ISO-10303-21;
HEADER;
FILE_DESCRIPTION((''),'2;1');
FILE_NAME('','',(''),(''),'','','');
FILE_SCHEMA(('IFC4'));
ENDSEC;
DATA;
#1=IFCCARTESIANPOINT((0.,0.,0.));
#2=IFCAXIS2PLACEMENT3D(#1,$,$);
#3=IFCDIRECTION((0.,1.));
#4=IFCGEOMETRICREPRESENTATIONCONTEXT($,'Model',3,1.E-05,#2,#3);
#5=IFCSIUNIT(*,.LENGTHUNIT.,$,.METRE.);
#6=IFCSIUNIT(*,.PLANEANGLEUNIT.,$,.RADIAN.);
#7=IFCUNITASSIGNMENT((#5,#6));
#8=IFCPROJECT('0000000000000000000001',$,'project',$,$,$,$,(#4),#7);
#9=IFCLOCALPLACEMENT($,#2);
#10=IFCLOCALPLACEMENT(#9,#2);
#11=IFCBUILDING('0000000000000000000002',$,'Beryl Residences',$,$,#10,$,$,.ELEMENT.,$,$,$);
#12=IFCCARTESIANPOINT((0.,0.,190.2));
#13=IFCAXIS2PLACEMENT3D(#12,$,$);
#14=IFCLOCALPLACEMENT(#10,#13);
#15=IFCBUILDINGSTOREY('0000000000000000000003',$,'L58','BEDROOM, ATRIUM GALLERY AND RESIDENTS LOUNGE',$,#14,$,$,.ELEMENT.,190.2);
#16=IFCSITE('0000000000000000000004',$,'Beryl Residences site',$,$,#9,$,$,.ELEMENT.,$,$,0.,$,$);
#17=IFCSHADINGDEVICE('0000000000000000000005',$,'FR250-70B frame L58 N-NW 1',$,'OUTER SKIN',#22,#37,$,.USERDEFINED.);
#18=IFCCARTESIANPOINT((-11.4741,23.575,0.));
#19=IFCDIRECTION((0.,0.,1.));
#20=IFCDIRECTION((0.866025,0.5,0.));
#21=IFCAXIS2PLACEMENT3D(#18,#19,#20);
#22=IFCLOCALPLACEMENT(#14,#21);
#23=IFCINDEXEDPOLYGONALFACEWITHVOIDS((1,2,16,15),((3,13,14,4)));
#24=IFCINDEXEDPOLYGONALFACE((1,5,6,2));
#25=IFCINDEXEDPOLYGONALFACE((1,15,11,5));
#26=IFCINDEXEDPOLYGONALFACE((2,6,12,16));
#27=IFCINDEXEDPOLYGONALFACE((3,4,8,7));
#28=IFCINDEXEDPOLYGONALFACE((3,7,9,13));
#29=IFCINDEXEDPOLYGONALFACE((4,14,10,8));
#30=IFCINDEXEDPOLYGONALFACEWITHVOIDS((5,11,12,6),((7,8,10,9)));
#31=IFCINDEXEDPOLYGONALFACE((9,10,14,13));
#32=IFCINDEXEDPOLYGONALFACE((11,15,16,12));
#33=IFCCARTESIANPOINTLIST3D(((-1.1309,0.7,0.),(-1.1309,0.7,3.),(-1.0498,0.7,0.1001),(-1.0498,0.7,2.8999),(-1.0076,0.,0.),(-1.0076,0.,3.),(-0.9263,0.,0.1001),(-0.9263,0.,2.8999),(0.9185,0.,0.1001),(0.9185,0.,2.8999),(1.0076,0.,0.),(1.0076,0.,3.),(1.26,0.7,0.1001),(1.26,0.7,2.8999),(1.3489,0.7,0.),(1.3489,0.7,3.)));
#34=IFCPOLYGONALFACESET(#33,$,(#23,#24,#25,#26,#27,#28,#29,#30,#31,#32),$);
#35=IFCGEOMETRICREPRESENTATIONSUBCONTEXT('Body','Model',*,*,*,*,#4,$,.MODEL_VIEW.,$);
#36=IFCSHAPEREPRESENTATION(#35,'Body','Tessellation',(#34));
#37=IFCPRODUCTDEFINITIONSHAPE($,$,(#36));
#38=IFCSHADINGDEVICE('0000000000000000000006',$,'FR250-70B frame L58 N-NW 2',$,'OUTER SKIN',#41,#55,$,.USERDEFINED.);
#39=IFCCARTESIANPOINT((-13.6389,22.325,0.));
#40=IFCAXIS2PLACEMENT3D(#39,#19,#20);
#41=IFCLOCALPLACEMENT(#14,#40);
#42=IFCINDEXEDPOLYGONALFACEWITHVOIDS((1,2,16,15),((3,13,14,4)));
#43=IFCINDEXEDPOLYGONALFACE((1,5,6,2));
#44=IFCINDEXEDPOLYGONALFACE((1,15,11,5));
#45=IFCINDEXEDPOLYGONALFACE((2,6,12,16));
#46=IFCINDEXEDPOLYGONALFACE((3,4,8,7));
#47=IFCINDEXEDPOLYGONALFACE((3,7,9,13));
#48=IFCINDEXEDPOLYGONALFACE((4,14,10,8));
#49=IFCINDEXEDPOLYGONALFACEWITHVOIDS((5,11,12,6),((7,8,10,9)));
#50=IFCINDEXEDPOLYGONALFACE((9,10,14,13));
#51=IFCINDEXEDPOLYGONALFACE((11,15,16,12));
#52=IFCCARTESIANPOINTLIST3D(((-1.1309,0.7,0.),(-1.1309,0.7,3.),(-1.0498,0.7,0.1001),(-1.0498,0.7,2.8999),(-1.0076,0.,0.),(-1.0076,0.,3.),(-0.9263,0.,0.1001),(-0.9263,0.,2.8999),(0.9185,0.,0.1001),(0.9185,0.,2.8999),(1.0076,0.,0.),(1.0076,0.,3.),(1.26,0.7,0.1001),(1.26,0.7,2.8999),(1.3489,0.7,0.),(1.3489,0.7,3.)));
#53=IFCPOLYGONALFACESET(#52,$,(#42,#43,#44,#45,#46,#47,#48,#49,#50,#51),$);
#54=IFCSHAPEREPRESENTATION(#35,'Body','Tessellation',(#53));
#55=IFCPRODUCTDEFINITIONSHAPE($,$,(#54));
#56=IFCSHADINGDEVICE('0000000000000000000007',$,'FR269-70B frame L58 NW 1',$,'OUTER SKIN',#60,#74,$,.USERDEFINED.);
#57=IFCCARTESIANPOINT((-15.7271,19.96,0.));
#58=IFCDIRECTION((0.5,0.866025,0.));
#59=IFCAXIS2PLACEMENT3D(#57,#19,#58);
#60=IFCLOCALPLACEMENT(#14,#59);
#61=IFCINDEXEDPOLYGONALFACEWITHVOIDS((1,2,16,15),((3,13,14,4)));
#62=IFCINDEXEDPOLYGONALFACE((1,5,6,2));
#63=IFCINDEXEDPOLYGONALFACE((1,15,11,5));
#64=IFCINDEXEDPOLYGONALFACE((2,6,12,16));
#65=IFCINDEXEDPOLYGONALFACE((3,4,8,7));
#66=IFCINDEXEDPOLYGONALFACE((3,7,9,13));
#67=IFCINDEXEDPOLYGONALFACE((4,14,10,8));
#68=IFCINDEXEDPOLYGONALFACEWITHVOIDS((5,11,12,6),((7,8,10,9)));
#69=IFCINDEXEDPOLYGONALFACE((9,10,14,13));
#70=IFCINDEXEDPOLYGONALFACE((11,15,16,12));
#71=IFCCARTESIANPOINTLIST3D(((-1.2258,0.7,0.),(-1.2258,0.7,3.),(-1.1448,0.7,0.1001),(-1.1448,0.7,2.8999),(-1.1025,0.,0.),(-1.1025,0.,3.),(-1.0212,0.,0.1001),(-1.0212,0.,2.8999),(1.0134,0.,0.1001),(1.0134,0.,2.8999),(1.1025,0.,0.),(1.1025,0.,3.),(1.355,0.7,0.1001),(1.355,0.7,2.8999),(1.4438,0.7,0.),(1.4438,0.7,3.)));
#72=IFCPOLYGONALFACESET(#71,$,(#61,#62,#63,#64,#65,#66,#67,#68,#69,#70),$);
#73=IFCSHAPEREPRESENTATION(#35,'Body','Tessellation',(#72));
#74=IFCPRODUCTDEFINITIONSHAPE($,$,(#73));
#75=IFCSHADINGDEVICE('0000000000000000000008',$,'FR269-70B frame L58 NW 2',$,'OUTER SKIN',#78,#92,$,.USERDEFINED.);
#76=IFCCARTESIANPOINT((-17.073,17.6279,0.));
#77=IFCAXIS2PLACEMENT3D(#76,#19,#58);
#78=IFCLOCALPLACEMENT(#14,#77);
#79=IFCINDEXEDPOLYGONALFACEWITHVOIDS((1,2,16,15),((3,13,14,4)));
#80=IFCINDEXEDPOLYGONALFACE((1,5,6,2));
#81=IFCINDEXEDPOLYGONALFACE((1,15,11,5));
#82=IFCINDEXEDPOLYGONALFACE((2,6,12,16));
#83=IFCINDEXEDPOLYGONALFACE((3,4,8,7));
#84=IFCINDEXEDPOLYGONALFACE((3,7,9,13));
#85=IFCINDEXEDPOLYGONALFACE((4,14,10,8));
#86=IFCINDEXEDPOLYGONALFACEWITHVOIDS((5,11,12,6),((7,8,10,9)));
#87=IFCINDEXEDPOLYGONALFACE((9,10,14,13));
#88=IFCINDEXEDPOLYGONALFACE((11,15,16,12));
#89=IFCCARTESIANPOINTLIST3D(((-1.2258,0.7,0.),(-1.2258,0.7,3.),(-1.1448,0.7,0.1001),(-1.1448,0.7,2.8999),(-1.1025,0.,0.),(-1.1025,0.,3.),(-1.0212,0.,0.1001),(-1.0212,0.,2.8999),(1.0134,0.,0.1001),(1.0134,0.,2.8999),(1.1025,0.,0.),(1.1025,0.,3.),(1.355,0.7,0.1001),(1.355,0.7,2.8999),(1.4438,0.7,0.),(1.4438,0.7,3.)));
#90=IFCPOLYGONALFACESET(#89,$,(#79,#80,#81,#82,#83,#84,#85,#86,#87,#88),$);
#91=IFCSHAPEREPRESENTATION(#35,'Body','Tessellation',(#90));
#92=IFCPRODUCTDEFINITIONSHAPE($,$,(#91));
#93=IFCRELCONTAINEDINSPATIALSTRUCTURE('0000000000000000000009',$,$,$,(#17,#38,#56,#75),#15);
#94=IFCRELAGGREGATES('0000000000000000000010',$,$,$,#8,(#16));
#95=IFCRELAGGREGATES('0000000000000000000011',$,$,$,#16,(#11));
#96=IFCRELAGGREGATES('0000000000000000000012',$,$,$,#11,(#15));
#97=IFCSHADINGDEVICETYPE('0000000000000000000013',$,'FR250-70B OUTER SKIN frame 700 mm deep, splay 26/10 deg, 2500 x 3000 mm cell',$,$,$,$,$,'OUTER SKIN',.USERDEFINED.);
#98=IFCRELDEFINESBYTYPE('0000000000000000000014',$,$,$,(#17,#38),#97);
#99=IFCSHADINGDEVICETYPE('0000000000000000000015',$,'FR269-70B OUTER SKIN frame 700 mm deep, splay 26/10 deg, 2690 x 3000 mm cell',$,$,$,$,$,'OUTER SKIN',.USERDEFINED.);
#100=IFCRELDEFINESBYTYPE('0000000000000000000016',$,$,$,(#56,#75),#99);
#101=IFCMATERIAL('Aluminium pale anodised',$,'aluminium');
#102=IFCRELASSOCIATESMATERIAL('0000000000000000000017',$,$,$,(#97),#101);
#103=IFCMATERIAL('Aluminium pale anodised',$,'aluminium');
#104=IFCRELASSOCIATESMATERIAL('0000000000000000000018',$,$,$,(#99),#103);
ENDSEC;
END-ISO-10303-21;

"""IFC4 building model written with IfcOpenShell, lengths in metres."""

from ifc_helpers import new_model, entity, si_unit, direction, frame, origin, place, context, subcontext, project, spatial, source, transform, mapped, material, type_object, type_shapes, element, save


model = new_model("IFC4")

# Units and contexts
model_context = context("Model", 3, precision=1e-05, world=origin(), true_north=direction((0.0, 1.0)))
body_context = subcontext(model_context, "Body", "Model", "MODEL_VIEW")
ifc_project = project(units=[si_unit("LENGTHUNIT", "METRE"), si_unit("PLANEANGLEUNIT", "RADIAN")], contexts=[model_context])

# Site, building, storey
site_placement = place(None, origin())
site = spatial("IfcSite", under=ifc_project, at=site_placement, Name="Beryl Residences site", CompositionType="ELEMENT", RefElevation=0.0)
building_placement = place(site_placement, origin())
building = spatial("IfcBuilding", under=site, at=building_placement, Name="Beryl Residences", CompositionType="ELEMENT")
storey_placement = place(building_placement, frame((0.0, 0.0, 190.2)))
storey = spatial("IfcBuildingStorey", under=building, at=storey_placement, Name="L58", Description="BEDROOM, ATRIUM GALLERY AND RESIDENTS LOUNGE", CompositionType="ELEMENT", Elevation=190.2)

# Shading devices
ifc_material_1 = material(Name="Aluminium pale anodised", Category="aluminium")
shading_device_type_1 = type_object("IfcShadingDeviceType", Name="FR250-70B OUTER SKIN frame 700 mm deep, splay 26/10 deg, 2500 x 3000 mm cell", ElementType="OUTER SKIN", PredefinedType="USERDEFINED", material=ifc_material_1)
cartesian_point_1 = entity("IfcCartesianPoint", [-1.0076, 0.0])
cartesian_point_2 = entity("IfcCartesianPoint", [-0.9185, 0.1001])
cartesian_point_3 = entity("IfcCartesianPoint", [-1.3489, 0.0])
cartesian_point_4 = entity("IfcCartesianPoint", [-1.26, 0.1001])
shared_shape_1 = source(origin(), body_context, "Body", "SweptSolid", [
    entity("IfcExtrudedAreaSolidTapered", entity("IfcArbitraryProfileDefWithVoids", "AREA", None, entity("IfcPolyline", [cartesian_point_1, entity("IfcCartesianPoint", [1.0076, 0.0]), entity("IfcCartesianPoint", [1.0076, 3.0]), entity("IfcCartesianPoint", [-1.0076, 3.0]), cartesian_point_1]), [entity("IfcPolyline", [cartesian_point_2, entity("IfcCartesianPoint", [0.9263, 0.1001]), entity("IfcCartesianPoint", [0.9263, 2.8999]), entity("IfcCartesianPoint", [-0.9185, 2.8999]), cartesian_point_2])]), entity("IfcAxis2Placement3D", entity("IfcCartesianPoint", [0.0, 0.0, 0.0]), entity("IfcDirection", [0.0, 1.0, 0.0]), entity("IfcDirection", [-1.0, 0.0, 0.0])), entity("IfcDirection", [0.0, 0.0, 1.0]), 0.7, entity("IfcArbitraryProfileDefWithVoids", "AREA", None, entity("IfcPolyline", [cartesian_point_3, entity("IfcCartesianPoint", [1.1309, 0.0]), entity("IfcCartesianPoint", [1.1309, 3.0]), entity("IfcCartesianPoint", [-1.3489, 3.0]), cartesian_point_3]), [entity("IfcPolyline", [cartesian_point_4, entity("IfcCartesianPoint", [1.0498, 0.1001]), entity("IfcCartesianPoint", [1.0498, 2.8999]), entity("IfcCartesianPoint", [-1.26, 2.8999]), cartesian_point_4])])),
])
type_shapes(shading_device_type_1, [shared_shape_1])
for number, where, z_axis, x_axis, name in (
    (1, (-11.4741, 23.575, 0.0), (0.0, 0.0, 1.0), (0.866025, 0.5, 0.0), "FR250-70B frame L58 N-NW 1"),
    (2, (-13.6389, 22.325, 0.0), (0.0, 0.0, 1.0), (0.866025, 0.5, 0.0), "FR250-70B frame L58 N-NW 2"),
):
    element("IfcShadingDevice", number, at=place(storey_placement, frame(where, z_axis=z_axis, x_axis=x_axis)), inside=storey, type_object=shading_device_type_1, Name=name, ObjectType="OUTER SKIN", PredefinedType="USERDEFINED", context=body_context, shape_type="MappedRepresentation", body=[
        mapped(shared_shape_1, transform((0.0, 0.0, 0.0))),
    ])
ifc_material_2 = material(Name="Aluminium pale anodised", Category="aluminium")
shading_device_type_2 = type_object("IfcShadingDeviceType", Name="FR269-70B OUTER SKIN frame 700 mm deep, splay 26/10 deg, 2690 x 3000 mm cell", ElementType="OUTER SKIN", PredefinedType="USERDEFINED", material=ifc_material_2)
cartesian_point_5 = entity("IfcCartesianPoint", [-1.1025, 0.0])
cartesian_point_6 = entity("IfcCartesianPoint", [-1.0134, 0.1001])
cartesian_point_7 = entity("IfcCartesianPoint", [-1.4438, 0.0])
cartesian_point_8 = entity("IfcCartesianPoint", [-1.355, 0.1001])
shared_shape_2 = source(origin(), body_context, "Body", "SweptSolid", [
    entity("IfcExtrudedAreaSolidTapered", entity("IfcArbitraryProfileDefWithVoids", "AREA", None, entity("IfcPolyline", [cartesian_point_5, entity("IfcCartesianPoint", [1.1025, 0.0]), entity("IfcCartesianPoint", [1.1025, 3.0]), entity("IfcCartesianPoint", [-1.1025, 3.0]), cartesian_point_5]), [entity("IfcPolyline", [cartesian_point_6, entity("IfcCartesianPoint", [1.0212, 0.1001]), entity("IfcCartesianPoint", [1.0212, 2.8999]), entity("IfcCartesianPoint", [-1.0134, 2.8999]), cartesian_point_6])]), entity("IfcAxis2Placement3D", entity("IfcCartesianPoint", [0.0, 0.0, 0.0]), entity("IfcDirection", [0.0, 1.0, 0.0]), entity("IfcDirection", [-1.0, 0.0, 0.0])), entity("IfcDirection", [0.0, 0.0, 1.0]), 0.7, entity("IfcArbitraryProfileDefWithVoids", "AREA", None, entity("IfcPolyline", [cartesian_point_7, entity("IfcCartesianPoint", [1.2258, 0.0]), entity("IfcCartesianPoint", [1.2258, 3.0]), entity("IfcCartesianPoint", [-1.4438, 3.0]), cartesian_point_7]), [entity("IfcPolyline", [cartesian_point_8, entity("IfcCartesianPoint", [1.1448, 0.1001]), entity("IfcCartesianPoint", [1.1448, 2.8999]), entity("IfcCartesianPoint", [-1.355, 2.8999]), cartesian_point_8])])),
])
type_shapes(shading_device_type_2, [shared_shape_2])
for number, where, z_axis, x_axis, name in (
    (3, (-15.7271, 19.96, 0.0), (0.0, 0.0, 1.0), (0.5, 0.866025, 0.0), "FR269-70B frame L58 NW 1"),
    (4, (-17.073, 17.6279, 0.0), (0.0, 0.0, 1.0), (0.5, 0.866025, 0.0), "FR269-70B frame L58 NW 2"),
):
    element("IfcShadingDevice", number, at=place(storey_placement, frame(where, z_axis=z_axis, x_axis=x_axis)), inside=storey, type_object=shading_device_type_2, Name=name, ObjectType="OUTER SKIN", PredefinedType="USERDEFINED", context=body_context, shape_type="MappedRepresentation", body=[
        mapped(shared_shape_2, transform((0.0, 0.0, 0.0))),
    ])

save(model, "model.ifc")
